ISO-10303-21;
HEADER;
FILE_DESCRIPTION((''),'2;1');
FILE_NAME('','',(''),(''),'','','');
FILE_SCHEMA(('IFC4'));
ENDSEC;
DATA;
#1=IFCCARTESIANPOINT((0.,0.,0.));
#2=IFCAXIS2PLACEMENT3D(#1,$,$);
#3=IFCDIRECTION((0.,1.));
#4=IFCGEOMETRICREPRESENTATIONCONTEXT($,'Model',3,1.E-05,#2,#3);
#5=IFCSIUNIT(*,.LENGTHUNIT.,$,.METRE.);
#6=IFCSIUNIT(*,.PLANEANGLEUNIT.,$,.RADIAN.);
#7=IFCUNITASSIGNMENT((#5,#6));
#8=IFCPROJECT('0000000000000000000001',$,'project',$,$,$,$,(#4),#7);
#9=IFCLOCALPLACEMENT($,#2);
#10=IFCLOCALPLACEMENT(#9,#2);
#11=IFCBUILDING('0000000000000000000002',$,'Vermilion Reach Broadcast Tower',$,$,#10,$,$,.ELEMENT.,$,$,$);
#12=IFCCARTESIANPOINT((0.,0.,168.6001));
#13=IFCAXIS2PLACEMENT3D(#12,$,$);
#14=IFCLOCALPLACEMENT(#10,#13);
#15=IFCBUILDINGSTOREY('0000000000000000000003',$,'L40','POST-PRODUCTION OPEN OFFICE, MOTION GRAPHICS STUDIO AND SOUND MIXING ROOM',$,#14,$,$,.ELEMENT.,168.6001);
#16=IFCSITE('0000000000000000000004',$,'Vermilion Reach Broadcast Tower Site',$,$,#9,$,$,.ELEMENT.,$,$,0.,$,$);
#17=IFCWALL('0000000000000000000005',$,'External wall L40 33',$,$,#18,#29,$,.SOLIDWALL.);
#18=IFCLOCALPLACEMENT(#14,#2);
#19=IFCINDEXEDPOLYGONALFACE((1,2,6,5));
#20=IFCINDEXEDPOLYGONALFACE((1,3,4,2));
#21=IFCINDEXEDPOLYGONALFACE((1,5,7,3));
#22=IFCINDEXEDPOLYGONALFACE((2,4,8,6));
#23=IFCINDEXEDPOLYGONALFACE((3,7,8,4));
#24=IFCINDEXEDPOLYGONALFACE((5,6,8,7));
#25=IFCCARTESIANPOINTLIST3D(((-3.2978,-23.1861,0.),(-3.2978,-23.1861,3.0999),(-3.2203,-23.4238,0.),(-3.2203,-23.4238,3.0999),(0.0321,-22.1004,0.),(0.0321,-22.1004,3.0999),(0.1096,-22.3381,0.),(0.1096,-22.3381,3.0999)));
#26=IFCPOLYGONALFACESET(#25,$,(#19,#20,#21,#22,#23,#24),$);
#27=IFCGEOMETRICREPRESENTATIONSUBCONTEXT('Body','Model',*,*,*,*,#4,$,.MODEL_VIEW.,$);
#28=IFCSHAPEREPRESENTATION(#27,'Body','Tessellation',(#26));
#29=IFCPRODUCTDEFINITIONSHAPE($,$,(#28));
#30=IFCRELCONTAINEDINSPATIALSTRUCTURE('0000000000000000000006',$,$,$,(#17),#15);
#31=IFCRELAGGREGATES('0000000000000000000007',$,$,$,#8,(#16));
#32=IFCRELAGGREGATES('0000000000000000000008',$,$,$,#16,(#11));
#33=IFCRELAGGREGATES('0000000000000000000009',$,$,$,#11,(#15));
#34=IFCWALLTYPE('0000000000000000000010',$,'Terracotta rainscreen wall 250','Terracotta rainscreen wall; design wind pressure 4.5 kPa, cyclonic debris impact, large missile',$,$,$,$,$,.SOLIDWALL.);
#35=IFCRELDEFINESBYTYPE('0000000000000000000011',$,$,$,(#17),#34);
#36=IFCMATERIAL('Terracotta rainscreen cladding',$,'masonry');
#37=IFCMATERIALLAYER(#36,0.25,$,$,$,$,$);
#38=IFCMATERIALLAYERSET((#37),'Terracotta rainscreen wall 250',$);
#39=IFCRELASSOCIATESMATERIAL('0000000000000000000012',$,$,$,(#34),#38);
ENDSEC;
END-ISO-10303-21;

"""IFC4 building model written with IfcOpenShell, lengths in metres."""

from ifc_helpers import new_model, si_unit, direction, frame, frame_2d, origin, place, context, subcontext, project, spatial, rectangle, extrude, material, layer, layer_set, type_object, element, save


model = new_model("IFC4")

# Units and contexts
model_context = context("Model", 3, precision=1e-05, world=origin(), true_north=direction((0.0, 1.0)))
body_context = subcontext(model_context, "Body", "Model", "MODEL_VIEW")
ifc_project = project(units=[si_unit("LENGTHUNIT", "METRE"), si_unit("PLANEANGLEUNIT", "RADIAN")], contexts=[model_context])

# Site, building, storey
site_placement = place(None, origin())
site = spatial("IfcSite", under=ifc_project, at=site_placement, Name="Vermilion Reach Broadcast Tower Site", CompositionType="ELEMENT", RefElevation=0.0)
building_placement = place(site_placement, origin())
building = spatial("IfcBuilding", under=site, at=building_placement, Name="Vermilion Reach Broadcast Tower", CompositionType="ELEMENT")
storey_placement = place(building_placement, frame((0.0, 0.0, 168.6001)))
storey = spatial("IfcBuildingStorey", under=building, at=storey_placement, Name="L40", Description="POST-PRODUCTION OPEN OFFICE, MOTION GRAPHICS STUDIO AND SOUND MIXING ROOM", CompositionType="ELEMENT", Elevation=168.6001)

# Wall
ifc_material_1 = material(Name="Terracotta rainscreen cladding", Category="masonry")
ifc_layer_1 = layer(ifc_material_1, 0.25)
ifc_layer_set_1 = layer_set([ifc_layer_1], Name="Terracotta rainscreen wall 250")
wall_type_1 = type_object("IfcWallType", Name="Terracotta rainscreen wall 250", Description="Terracotta rainscreen wall; design wind pressure 4.5 kPa, cyclonic debris impact, large missile", PredefinedType="SOLIDWALL", material=ifc_layer_set_1)
wall_1_placement = place(storey_placement, frame((-3.259, -23.3049, 0.0), z_axis=(0.0, 0.0, 1.0), x_axis=(0.95074, 0.309989, 0.0)))
element("IfcWall", 1, at=wall_1_placement, inside=storey, type_object=wall_type_1, Name="External wall L40 33", PredefinedType="SOLIDWALL", context=body_context, shape_type="SweptSolid", body=[
    extrude(rectangle(XDim=3.5024, YDim=0.25, at=frame_2d((1.7512, 0.0))), origin(), (0.0, 0.0, 1.0), 3.0999),
])

save(model, "model.ifc")
